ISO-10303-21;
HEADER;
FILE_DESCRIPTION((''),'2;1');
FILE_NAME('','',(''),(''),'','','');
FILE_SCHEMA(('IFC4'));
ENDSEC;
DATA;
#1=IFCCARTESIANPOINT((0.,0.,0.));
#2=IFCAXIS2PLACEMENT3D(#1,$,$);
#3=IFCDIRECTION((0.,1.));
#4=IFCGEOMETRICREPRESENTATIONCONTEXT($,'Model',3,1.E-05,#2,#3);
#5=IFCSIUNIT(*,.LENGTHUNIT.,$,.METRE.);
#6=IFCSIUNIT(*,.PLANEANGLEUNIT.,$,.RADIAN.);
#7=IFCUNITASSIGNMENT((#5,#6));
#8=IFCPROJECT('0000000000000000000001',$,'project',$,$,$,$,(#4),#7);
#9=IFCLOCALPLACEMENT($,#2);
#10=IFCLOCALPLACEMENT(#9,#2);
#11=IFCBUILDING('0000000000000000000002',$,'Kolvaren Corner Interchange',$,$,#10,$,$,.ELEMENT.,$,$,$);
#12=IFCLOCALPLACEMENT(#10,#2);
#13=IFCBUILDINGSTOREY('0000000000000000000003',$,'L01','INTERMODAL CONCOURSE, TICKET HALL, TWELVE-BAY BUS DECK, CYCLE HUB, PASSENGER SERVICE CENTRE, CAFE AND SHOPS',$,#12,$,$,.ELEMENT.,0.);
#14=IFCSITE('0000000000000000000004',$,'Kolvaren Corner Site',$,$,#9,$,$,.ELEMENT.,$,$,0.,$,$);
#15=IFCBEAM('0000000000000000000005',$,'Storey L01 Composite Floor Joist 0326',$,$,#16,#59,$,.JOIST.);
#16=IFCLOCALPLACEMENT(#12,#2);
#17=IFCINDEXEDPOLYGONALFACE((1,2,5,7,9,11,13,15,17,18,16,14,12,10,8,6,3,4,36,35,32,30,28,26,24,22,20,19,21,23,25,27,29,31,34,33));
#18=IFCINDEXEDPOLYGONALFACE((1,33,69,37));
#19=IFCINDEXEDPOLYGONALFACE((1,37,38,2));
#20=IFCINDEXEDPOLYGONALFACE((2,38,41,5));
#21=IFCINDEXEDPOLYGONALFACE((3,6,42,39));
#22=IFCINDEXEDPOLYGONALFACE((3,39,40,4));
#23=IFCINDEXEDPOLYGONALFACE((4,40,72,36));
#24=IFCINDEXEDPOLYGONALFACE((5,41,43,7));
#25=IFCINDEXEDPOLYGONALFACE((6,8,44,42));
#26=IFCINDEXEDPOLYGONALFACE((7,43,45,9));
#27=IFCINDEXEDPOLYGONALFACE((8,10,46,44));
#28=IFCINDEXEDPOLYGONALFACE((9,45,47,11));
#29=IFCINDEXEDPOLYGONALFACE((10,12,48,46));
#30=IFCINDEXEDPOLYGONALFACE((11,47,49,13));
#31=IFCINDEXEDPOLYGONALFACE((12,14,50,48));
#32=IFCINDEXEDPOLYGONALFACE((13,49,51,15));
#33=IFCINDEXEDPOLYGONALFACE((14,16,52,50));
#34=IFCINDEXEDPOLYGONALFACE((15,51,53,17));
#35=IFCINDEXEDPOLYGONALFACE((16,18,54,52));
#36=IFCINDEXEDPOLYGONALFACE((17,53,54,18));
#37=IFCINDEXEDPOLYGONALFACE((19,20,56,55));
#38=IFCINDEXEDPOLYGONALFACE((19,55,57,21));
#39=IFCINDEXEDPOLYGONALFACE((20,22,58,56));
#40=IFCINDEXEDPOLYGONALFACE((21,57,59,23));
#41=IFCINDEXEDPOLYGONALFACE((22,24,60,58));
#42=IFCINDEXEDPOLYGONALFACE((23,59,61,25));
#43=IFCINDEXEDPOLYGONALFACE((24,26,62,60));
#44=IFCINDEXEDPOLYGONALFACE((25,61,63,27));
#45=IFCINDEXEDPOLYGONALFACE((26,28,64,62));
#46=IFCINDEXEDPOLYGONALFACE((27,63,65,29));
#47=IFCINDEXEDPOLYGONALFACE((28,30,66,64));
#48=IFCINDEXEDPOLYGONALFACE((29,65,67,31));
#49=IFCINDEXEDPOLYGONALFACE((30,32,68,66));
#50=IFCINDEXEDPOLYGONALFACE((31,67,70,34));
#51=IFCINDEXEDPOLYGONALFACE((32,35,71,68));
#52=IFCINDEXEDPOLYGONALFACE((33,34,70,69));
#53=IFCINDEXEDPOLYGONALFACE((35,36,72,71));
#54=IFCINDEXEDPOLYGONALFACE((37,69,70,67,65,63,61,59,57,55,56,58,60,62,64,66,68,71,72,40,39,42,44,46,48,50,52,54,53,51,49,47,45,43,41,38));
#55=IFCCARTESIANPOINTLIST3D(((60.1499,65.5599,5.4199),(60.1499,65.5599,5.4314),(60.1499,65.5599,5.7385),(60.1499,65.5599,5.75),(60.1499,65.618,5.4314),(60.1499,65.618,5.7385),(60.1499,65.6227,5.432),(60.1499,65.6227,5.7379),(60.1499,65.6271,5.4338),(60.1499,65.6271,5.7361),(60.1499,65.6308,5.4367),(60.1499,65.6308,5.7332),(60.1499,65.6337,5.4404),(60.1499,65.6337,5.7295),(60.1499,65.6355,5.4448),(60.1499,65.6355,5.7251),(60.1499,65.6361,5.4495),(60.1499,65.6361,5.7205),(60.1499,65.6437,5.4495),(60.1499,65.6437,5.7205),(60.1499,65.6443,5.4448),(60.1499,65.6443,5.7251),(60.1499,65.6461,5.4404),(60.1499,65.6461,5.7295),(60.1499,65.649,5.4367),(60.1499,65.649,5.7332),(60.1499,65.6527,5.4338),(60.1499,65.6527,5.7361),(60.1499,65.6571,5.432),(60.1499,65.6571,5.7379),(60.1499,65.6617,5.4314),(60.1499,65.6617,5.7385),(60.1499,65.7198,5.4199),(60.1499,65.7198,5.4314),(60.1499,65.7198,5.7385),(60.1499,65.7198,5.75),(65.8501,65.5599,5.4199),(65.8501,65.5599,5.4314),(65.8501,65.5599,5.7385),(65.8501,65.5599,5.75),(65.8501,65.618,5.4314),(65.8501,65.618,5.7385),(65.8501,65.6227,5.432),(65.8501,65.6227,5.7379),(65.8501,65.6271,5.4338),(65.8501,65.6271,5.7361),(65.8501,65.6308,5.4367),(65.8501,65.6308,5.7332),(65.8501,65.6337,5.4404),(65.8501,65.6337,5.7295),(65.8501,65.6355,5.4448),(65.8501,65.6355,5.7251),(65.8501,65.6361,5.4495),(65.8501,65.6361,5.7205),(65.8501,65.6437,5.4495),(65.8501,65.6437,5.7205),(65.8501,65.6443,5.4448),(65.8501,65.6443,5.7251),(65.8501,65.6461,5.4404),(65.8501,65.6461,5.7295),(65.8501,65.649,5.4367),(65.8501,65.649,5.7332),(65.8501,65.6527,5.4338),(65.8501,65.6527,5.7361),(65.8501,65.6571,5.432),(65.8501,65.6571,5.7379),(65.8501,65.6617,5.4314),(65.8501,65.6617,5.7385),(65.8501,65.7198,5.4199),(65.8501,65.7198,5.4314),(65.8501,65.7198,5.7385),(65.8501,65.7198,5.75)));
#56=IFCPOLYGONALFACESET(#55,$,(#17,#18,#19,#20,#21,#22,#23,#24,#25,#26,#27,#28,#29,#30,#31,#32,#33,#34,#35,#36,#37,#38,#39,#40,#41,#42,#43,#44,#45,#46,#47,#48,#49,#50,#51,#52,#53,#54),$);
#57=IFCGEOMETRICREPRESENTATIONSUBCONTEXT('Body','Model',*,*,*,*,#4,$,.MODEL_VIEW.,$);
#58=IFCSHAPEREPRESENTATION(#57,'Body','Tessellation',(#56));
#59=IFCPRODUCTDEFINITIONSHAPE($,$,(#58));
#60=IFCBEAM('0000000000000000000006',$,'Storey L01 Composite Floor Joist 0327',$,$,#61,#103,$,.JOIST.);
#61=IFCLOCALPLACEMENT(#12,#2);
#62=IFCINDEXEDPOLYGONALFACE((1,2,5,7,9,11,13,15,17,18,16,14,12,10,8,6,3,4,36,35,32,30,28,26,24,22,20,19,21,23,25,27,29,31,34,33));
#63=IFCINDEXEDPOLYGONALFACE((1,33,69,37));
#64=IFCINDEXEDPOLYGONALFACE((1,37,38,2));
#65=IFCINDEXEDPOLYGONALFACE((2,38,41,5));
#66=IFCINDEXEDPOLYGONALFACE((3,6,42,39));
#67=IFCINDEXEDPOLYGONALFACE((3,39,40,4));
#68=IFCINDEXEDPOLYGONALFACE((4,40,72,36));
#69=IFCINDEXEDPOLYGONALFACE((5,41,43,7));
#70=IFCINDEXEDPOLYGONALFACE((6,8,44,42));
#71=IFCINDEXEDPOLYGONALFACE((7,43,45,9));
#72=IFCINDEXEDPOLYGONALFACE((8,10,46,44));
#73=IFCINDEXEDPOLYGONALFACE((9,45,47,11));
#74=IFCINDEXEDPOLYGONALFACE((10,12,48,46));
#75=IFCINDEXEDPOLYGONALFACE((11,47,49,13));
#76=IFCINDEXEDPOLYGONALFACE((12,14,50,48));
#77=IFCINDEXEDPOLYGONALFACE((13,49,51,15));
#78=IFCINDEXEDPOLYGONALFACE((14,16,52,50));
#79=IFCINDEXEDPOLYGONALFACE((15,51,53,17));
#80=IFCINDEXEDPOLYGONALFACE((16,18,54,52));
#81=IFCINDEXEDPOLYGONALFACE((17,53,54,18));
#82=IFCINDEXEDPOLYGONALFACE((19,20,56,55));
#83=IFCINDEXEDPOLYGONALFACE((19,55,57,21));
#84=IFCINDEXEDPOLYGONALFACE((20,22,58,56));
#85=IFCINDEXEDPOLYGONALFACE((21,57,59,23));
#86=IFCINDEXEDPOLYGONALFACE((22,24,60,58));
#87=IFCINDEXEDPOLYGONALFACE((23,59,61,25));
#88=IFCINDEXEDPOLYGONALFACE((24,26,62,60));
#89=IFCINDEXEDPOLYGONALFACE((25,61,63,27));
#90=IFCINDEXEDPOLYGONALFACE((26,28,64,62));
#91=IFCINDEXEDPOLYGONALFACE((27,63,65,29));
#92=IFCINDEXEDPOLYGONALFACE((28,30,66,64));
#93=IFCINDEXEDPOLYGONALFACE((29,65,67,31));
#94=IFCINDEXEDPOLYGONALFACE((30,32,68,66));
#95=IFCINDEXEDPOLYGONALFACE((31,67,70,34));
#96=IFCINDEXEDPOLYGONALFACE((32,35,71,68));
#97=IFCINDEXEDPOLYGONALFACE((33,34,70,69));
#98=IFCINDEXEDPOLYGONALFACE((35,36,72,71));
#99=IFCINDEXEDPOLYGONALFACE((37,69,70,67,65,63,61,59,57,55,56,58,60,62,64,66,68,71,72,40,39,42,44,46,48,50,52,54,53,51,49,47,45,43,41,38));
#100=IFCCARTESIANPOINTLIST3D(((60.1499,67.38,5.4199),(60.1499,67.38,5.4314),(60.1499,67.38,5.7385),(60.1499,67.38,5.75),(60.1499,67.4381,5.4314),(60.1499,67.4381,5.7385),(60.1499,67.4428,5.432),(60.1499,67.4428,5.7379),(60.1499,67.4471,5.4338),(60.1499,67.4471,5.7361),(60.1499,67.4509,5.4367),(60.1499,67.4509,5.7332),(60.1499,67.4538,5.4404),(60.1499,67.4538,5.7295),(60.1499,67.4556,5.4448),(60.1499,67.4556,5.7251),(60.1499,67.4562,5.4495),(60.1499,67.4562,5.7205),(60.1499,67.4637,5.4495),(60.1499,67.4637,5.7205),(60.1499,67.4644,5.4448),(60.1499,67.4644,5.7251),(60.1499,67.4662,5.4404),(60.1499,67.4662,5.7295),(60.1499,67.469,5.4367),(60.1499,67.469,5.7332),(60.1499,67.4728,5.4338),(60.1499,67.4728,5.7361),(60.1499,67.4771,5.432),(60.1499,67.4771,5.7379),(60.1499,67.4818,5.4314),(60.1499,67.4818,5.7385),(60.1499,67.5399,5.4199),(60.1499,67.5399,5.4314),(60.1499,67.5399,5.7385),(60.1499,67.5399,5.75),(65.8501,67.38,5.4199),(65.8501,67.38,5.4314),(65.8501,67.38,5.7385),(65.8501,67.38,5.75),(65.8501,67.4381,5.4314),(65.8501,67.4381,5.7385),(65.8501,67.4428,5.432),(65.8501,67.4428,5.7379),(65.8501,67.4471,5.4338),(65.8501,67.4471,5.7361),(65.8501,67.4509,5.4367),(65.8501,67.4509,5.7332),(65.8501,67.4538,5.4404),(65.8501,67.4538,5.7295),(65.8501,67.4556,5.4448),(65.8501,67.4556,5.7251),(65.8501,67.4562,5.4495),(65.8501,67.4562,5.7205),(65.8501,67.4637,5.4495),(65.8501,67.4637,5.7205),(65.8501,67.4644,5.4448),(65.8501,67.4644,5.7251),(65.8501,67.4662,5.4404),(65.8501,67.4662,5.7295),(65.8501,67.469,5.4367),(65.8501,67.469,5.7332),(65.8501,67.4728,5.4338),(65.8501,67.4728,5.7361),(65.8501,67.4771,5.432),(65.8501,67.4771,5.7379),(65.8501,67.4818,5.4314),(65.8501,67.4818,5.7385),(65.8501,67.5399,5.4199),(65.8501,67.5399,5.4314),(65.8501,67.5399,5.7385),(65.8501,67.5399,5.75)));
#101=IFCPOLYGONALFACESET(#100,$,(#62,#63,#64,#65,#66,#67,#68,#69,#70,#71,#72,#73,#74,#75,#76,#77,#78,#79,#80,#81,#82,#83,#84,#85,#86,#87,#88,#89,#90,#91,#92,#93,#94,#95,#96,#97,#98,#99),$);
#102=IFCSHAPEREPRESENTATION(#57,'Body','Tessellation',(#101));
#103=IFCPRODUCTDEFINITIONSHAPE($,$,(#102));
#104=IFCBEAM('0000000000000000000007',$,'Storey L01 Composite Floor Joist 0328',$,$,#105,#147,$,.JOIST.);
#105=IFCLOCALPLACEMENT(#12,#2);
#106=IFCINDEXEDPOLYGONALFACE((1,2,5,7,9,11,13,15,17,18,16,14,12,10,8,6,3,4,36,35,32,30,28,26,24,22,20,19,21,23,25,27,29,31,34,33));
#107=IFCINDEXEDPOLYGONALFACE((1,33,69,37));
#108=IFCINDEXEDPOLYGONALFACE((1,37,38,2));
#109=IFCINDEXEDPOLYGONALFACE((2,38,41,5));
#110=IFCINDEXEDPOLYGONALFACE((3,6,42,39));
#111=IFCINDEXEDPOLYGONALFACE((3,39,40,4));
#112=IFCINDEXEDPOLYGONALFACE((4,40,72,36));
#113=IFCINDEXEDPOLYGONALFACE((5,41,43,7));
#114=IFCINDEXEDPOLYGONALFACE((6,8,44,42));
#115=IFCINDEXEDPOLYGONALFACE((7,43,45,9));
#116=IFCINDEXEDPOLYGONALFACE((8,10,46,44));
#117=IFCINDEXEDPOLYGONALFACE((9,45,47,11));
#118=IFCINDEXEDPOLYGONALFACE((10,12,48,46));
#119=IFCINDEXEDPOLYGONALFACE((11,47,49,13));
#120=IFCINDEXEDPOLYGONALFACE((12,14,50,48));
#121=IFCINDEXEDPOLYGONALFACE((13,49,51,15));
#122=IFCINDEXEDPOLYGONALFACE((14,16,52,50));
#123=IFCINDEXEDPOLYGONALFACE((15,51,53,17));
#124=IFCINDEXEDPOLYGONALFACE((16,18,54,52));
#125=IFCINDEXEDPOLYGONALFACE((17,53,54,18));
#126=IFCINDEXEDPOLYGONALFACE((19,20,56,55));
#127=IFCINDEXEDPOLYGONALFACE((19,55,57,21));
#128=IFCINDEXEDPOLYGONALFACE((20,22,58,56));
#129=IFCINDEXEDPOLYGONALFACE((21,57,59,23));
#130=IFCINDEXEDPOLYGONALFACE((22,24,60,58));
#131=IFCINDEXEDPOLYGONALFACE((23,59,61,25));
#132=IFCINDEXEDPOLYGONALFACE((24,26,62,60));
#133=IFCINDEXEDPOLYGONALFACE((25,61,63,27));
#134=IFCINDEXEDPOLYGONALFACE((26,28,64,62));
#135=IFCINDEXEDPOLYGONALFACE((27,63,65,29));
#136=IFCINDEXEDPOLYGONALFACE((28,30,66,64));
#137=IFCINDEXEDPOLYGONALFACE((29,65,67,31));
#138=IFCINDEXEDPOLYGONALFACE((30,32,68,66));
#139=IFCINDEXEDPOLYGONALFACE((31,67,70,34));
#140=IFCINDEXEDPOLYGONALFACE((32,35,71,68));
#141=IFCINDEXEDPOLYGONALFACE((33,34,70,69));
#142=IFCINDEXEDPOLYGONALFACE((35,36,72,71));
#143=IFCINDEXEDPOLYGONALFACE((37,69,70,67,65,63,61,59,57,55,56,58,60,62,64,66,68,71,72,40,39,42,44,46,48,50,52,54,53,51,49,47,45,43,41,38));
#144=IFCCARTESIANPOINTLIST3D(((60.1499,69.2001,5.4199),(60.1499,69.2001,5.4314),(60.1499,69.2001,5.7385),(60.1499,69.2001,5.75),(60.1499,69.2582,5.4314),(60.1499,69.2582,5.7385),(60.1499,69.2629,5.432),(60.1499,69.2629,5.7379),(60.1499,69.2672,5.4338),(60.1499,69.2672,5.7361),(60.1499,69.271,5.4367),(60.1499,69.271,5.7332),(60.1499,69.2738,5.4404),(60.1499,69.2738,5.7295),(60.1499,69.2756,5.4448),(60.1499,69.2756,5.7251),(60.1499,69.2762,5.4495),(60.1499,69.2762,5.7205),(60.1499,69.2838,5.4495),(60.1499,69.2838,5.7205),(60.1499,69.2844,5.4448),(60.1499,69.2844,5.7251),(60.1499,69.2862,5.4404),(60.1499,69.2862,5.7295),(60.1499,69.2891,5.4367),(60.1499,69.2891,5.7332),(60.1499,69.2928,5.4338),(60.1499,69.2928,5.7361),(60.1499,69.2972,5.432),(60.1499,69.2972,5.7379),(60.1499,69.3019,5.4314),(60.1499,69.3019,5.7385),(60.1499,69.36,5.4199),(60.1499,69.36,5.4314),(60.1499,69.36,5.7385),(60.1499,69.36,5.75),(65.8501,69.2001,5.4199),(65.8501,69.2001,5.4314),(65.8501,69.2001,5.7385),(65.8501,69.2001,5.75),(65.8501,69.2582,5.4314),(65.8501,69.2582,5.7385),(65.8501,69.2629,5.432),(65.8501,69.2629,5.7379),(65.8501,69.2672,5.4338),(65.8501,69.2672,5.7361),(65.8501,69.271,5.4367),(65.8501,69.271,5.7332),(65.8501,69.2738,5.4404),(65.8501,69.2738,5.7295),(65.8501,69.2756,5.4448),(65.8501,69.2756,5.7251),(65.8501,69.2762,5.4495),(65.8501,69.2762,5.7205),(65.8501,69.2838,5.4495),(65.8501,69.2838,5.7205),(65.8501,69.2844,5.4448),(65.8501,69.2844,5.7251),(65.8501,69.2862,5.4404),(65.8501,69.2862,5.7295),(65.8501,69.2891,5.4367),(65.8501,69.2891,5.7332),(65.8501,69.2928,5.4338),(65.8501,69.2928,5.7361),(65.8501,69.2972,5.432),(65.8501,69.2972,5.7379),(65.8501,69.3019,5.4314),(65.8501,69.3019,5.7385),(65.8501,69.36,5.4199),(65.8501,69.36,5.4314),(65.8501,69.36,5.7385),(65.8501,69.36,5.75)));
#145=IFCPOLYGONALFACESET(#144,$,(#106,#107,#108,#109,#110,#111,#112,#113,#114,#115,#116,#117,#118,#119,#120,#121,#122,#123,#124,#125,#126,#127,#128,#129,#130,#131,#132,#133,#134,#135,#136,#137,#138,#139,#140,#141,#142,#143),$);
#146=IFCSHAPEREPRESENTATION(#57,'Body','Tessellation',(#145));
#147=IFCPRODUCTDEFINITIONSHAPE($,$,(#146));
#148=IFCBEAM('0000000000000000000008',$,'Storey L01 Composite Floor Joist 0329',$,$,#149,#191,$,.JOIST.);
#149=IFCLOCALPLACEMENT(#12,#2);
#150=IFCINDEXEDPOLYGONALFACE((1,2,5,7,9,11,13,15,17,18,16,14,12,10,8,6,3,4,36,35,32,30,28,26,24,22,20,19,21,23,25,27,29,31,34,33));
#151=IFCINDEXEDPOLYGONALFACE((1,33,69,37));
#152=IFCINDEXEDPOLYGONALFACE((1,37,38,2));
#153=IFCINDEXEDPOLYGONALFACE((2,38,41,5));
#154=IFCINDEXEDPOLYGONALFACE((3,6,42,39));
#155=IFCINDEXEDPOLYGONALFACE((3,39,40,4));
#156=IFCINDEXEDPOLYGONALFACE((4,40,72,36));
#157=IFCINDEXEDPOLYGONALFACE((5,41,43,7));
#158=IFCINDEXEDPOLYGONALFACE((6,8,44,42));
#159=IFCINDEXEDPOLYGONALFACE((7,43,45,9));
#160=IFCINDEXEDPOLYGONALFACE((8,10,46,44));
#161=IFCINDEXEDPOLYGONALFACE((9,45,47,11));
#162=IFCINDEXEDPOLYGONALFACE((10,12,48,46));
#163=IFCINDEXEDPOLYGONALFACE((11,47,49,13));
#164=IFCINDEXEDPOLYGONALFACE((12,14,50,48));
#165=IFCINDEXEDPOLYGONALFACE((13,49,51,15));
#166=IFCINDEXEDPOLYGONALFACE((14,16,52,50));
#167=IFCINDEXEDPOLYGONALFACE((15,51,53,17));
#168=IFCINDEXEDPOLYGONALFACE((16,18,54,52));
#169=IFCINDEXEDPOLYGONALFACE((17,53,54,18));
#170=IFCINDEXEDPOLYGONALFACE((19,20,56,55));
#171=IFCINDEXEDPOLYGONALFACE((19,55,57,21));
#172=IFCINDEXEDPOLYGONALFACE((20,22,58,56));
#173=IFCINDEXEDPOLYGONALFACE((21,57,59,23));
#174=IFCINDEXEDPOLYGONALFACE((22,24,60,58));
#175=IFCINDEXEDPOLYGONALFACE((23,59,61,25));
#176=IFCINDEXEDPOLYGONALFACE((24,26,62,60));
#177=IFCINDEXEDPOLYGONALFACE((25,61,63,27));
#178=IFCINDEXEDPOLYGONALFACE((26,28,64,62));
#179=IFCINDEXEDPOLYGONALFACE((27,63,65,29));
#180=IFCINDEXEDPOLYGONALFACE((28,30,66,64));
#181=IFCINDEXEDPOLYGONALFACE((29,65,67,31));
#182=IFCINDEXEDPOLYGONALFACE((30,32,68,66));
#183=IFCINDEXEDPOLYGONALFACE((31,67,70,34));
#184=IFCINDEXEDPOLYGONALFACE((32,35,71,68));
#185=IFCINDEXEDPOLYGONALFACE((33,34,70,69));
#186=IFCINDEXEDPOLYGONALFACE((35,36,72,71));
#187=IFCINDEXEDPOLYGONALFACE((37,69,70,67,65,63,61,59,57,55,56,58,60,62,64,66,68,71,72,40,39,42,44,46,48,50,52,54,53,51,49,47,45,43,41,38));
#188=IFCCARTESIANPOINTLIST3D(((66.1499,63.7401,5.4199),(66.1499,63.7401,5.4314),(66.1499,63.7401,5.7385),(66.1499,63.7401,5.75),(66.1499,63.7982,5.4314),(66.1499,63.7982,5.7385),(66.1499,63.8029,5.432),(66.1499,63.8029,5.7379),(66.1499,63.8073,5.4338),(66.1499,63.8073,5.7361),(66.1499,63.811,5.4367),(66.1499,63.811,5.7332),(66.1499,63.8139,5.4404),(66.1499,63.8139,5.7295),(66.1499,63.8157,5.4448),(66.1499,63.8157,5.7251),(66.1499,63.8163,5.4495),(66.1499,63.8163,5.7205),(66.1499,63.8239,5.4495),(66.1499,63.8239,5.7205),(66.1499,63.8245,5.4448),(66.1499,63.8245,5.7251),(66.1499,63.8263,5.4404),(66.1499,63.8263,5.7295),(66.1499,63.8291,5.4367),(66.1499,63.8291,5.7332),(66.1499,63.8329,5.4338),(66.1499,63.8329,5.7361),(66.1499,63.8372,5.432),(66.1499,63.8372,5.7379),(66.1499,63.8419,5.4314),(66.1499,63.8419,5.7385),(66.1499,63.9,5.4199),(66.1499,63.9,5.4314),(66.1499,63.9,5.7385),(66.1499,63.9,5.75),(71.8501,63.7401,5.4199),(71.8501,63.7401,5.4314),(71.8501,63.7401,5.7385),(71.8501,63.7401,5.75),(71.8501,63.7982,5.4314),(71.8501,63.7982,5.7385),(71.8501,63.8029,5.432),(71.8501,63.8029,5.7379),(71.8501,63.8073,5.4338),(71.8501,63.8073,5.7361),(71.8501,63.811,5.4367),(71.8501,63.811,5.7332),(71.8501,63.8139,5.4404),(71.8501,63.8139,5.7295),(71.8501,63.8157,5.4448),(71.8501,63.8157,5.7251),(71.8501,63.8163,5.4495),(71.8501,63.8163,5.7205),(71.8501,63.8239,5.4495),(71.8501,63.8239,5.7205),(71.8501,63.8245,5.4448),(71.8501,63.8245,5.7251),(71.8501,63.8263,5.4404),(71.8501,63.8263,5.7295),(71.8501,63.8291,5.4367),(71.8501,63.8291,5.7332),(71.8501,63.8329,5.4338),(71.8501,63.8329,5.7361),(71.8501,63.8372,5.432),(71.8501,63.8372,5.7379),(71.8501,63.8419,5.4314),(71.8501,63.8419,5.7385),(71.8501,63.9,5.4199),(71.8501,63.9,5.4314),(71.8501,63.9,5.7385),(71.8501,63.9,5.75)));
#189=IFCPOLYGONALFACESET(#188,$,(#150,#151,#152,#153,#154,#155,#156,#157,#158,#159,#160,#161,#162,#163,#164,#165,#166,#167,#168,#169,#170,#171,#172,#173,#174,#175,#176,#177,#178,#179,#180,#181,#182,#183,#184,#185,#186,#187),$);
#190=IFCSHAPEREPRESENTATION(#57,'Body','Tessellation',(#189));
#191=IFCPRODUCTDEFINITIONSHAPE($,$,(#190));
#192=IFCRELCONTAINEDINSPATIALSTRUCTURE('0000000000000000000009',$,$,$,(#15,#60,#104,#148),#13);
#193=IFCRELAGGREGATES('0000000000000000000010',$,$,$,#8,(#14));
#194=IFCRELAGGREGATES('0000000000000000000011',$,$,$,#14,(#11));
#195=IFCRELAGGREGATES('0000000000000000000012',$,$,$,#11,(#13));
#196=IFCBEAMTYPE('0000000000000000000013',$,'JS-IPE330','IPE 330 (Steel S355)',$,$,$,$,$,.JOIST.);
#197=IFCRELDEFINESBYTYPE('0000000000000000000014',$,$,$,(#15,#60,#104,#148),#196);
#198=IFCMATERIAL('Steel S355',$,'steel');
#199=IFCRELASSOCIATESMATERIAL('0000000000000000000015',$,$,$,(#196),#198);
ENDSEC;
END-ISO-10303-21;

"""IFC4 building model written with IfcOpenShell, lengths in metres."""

from ifc_helpers import new_model, si_unit, direction, frame, origin, origin_2d, place, context, subcontext, project, spatial, i_section, extrude, material, material_profile, profile_set, type_object, element, save


model = new_model("IFC4")

# Units and contexts
model_context = context("Model", 3, precision=1e-05, world=origin(), true_north=direction((0.0, 1.0)))
body_context = subcontext(model_context, "Body", "Model", "MODEL_VIEW")
ifc_project = project(units=[si_unit("LENGTHUNIT", "METRE"), si_unit("PLANEANGLEUNIT", "RADIAN")], contexts=[model_context])

# Site, building, storey
site_placement = place(None, origin())
site = spatial("IfcSite", under=ifc_project, at=site_placement, Name="Kolvaren Corner Site", CompositionType="ELEMENT", RefElevation=0.0)
building_placement = place(site_placement, origin())
building = spatial("IfcBuilding", under=site, at=building_placement, Name="Kolvaren Corner Interchange", CompositionType="ELEMENT")
storey_placement = place(building_placement, origin())
storey = spatial("IfcBuildingStorey", under=building, at=storey_placement, Name="L01", Description="INTERMODAL CONCOURSE, TICKET HALL, TWELVE-BAY BUS DECK, CYCLE HUB, PASSENGER SERVICE CENTRE, CAFE AND SHOPS", CompositionType="ELEMENT", Elevation=0.0)

# Beams
ifc_material_1 = material(Name="Steel S355", Category="steel")
ifc_material_profile_1 = material_profile(ifc_material_1, i_section(OverallWidth=0.1599, OverallDepth=0.3301, WebThickness=0.0076, FlangeThickness=0.0115, FilletRadius=0.0181, at=origin_2d()), Name="IPE 330")
ifc_profile_set_1 = profile_set([ifc_material_profile_1], Name="Steel S355")
beam_type_1 = type_object("IfcBeamType", Name="JS-IPE330", Description="IPE 330 (Steel S355)", PredefinedType="JOIST", material=ifc_profile_set_1)
for number, where, z_axis, x_axis, name in (
    (1, (60.1499, 65.6399, 5.585), (1.0, 0.0, 0.0), (0.0, 1.0, 0.0), "Storey L01 Composite Floor Joist 0326"),
    (2, (60.1499, 67.46, 5.585), (1.0, 0.0, 0.0), (0.0, 1.0, 0.0), "Storey L01 Composite Floor Joist 0327"),
    (3, (60.1499, 69.28, 5.585), (1.0, 0.0, 0.0), (0.0, 1.0, 0.0), "Storey L01 Composite Floor Joist 0328"),
    (4, (66.1499, 63.8201, 5.585), (1.0, 0.0, 0.0), (0.0, 1.0, 0.0), "Storey L01 Composite Floor Joist 0329"),
):
    element("IfcBeam", number, at=place(storey_placement, frame(where, z_axis=z_axis, x_axis=x_axis)), inside=storey, type_object=beam_type_1, Name=name, PredefinedType="JOIST", context=body_context, shape_type="SweptSolid", body=[
        extrude(i_section(OverallWidth=0.1599, OverallDepth=0.3301, WebThickness=0.0076, FlangeThickness=0.0115, FilletRadius=0.0181, at=origin_2d()), origin(), (0.0, 0.0, 1.0), 5.7002),
    ])

save(model, "model.ifc")
